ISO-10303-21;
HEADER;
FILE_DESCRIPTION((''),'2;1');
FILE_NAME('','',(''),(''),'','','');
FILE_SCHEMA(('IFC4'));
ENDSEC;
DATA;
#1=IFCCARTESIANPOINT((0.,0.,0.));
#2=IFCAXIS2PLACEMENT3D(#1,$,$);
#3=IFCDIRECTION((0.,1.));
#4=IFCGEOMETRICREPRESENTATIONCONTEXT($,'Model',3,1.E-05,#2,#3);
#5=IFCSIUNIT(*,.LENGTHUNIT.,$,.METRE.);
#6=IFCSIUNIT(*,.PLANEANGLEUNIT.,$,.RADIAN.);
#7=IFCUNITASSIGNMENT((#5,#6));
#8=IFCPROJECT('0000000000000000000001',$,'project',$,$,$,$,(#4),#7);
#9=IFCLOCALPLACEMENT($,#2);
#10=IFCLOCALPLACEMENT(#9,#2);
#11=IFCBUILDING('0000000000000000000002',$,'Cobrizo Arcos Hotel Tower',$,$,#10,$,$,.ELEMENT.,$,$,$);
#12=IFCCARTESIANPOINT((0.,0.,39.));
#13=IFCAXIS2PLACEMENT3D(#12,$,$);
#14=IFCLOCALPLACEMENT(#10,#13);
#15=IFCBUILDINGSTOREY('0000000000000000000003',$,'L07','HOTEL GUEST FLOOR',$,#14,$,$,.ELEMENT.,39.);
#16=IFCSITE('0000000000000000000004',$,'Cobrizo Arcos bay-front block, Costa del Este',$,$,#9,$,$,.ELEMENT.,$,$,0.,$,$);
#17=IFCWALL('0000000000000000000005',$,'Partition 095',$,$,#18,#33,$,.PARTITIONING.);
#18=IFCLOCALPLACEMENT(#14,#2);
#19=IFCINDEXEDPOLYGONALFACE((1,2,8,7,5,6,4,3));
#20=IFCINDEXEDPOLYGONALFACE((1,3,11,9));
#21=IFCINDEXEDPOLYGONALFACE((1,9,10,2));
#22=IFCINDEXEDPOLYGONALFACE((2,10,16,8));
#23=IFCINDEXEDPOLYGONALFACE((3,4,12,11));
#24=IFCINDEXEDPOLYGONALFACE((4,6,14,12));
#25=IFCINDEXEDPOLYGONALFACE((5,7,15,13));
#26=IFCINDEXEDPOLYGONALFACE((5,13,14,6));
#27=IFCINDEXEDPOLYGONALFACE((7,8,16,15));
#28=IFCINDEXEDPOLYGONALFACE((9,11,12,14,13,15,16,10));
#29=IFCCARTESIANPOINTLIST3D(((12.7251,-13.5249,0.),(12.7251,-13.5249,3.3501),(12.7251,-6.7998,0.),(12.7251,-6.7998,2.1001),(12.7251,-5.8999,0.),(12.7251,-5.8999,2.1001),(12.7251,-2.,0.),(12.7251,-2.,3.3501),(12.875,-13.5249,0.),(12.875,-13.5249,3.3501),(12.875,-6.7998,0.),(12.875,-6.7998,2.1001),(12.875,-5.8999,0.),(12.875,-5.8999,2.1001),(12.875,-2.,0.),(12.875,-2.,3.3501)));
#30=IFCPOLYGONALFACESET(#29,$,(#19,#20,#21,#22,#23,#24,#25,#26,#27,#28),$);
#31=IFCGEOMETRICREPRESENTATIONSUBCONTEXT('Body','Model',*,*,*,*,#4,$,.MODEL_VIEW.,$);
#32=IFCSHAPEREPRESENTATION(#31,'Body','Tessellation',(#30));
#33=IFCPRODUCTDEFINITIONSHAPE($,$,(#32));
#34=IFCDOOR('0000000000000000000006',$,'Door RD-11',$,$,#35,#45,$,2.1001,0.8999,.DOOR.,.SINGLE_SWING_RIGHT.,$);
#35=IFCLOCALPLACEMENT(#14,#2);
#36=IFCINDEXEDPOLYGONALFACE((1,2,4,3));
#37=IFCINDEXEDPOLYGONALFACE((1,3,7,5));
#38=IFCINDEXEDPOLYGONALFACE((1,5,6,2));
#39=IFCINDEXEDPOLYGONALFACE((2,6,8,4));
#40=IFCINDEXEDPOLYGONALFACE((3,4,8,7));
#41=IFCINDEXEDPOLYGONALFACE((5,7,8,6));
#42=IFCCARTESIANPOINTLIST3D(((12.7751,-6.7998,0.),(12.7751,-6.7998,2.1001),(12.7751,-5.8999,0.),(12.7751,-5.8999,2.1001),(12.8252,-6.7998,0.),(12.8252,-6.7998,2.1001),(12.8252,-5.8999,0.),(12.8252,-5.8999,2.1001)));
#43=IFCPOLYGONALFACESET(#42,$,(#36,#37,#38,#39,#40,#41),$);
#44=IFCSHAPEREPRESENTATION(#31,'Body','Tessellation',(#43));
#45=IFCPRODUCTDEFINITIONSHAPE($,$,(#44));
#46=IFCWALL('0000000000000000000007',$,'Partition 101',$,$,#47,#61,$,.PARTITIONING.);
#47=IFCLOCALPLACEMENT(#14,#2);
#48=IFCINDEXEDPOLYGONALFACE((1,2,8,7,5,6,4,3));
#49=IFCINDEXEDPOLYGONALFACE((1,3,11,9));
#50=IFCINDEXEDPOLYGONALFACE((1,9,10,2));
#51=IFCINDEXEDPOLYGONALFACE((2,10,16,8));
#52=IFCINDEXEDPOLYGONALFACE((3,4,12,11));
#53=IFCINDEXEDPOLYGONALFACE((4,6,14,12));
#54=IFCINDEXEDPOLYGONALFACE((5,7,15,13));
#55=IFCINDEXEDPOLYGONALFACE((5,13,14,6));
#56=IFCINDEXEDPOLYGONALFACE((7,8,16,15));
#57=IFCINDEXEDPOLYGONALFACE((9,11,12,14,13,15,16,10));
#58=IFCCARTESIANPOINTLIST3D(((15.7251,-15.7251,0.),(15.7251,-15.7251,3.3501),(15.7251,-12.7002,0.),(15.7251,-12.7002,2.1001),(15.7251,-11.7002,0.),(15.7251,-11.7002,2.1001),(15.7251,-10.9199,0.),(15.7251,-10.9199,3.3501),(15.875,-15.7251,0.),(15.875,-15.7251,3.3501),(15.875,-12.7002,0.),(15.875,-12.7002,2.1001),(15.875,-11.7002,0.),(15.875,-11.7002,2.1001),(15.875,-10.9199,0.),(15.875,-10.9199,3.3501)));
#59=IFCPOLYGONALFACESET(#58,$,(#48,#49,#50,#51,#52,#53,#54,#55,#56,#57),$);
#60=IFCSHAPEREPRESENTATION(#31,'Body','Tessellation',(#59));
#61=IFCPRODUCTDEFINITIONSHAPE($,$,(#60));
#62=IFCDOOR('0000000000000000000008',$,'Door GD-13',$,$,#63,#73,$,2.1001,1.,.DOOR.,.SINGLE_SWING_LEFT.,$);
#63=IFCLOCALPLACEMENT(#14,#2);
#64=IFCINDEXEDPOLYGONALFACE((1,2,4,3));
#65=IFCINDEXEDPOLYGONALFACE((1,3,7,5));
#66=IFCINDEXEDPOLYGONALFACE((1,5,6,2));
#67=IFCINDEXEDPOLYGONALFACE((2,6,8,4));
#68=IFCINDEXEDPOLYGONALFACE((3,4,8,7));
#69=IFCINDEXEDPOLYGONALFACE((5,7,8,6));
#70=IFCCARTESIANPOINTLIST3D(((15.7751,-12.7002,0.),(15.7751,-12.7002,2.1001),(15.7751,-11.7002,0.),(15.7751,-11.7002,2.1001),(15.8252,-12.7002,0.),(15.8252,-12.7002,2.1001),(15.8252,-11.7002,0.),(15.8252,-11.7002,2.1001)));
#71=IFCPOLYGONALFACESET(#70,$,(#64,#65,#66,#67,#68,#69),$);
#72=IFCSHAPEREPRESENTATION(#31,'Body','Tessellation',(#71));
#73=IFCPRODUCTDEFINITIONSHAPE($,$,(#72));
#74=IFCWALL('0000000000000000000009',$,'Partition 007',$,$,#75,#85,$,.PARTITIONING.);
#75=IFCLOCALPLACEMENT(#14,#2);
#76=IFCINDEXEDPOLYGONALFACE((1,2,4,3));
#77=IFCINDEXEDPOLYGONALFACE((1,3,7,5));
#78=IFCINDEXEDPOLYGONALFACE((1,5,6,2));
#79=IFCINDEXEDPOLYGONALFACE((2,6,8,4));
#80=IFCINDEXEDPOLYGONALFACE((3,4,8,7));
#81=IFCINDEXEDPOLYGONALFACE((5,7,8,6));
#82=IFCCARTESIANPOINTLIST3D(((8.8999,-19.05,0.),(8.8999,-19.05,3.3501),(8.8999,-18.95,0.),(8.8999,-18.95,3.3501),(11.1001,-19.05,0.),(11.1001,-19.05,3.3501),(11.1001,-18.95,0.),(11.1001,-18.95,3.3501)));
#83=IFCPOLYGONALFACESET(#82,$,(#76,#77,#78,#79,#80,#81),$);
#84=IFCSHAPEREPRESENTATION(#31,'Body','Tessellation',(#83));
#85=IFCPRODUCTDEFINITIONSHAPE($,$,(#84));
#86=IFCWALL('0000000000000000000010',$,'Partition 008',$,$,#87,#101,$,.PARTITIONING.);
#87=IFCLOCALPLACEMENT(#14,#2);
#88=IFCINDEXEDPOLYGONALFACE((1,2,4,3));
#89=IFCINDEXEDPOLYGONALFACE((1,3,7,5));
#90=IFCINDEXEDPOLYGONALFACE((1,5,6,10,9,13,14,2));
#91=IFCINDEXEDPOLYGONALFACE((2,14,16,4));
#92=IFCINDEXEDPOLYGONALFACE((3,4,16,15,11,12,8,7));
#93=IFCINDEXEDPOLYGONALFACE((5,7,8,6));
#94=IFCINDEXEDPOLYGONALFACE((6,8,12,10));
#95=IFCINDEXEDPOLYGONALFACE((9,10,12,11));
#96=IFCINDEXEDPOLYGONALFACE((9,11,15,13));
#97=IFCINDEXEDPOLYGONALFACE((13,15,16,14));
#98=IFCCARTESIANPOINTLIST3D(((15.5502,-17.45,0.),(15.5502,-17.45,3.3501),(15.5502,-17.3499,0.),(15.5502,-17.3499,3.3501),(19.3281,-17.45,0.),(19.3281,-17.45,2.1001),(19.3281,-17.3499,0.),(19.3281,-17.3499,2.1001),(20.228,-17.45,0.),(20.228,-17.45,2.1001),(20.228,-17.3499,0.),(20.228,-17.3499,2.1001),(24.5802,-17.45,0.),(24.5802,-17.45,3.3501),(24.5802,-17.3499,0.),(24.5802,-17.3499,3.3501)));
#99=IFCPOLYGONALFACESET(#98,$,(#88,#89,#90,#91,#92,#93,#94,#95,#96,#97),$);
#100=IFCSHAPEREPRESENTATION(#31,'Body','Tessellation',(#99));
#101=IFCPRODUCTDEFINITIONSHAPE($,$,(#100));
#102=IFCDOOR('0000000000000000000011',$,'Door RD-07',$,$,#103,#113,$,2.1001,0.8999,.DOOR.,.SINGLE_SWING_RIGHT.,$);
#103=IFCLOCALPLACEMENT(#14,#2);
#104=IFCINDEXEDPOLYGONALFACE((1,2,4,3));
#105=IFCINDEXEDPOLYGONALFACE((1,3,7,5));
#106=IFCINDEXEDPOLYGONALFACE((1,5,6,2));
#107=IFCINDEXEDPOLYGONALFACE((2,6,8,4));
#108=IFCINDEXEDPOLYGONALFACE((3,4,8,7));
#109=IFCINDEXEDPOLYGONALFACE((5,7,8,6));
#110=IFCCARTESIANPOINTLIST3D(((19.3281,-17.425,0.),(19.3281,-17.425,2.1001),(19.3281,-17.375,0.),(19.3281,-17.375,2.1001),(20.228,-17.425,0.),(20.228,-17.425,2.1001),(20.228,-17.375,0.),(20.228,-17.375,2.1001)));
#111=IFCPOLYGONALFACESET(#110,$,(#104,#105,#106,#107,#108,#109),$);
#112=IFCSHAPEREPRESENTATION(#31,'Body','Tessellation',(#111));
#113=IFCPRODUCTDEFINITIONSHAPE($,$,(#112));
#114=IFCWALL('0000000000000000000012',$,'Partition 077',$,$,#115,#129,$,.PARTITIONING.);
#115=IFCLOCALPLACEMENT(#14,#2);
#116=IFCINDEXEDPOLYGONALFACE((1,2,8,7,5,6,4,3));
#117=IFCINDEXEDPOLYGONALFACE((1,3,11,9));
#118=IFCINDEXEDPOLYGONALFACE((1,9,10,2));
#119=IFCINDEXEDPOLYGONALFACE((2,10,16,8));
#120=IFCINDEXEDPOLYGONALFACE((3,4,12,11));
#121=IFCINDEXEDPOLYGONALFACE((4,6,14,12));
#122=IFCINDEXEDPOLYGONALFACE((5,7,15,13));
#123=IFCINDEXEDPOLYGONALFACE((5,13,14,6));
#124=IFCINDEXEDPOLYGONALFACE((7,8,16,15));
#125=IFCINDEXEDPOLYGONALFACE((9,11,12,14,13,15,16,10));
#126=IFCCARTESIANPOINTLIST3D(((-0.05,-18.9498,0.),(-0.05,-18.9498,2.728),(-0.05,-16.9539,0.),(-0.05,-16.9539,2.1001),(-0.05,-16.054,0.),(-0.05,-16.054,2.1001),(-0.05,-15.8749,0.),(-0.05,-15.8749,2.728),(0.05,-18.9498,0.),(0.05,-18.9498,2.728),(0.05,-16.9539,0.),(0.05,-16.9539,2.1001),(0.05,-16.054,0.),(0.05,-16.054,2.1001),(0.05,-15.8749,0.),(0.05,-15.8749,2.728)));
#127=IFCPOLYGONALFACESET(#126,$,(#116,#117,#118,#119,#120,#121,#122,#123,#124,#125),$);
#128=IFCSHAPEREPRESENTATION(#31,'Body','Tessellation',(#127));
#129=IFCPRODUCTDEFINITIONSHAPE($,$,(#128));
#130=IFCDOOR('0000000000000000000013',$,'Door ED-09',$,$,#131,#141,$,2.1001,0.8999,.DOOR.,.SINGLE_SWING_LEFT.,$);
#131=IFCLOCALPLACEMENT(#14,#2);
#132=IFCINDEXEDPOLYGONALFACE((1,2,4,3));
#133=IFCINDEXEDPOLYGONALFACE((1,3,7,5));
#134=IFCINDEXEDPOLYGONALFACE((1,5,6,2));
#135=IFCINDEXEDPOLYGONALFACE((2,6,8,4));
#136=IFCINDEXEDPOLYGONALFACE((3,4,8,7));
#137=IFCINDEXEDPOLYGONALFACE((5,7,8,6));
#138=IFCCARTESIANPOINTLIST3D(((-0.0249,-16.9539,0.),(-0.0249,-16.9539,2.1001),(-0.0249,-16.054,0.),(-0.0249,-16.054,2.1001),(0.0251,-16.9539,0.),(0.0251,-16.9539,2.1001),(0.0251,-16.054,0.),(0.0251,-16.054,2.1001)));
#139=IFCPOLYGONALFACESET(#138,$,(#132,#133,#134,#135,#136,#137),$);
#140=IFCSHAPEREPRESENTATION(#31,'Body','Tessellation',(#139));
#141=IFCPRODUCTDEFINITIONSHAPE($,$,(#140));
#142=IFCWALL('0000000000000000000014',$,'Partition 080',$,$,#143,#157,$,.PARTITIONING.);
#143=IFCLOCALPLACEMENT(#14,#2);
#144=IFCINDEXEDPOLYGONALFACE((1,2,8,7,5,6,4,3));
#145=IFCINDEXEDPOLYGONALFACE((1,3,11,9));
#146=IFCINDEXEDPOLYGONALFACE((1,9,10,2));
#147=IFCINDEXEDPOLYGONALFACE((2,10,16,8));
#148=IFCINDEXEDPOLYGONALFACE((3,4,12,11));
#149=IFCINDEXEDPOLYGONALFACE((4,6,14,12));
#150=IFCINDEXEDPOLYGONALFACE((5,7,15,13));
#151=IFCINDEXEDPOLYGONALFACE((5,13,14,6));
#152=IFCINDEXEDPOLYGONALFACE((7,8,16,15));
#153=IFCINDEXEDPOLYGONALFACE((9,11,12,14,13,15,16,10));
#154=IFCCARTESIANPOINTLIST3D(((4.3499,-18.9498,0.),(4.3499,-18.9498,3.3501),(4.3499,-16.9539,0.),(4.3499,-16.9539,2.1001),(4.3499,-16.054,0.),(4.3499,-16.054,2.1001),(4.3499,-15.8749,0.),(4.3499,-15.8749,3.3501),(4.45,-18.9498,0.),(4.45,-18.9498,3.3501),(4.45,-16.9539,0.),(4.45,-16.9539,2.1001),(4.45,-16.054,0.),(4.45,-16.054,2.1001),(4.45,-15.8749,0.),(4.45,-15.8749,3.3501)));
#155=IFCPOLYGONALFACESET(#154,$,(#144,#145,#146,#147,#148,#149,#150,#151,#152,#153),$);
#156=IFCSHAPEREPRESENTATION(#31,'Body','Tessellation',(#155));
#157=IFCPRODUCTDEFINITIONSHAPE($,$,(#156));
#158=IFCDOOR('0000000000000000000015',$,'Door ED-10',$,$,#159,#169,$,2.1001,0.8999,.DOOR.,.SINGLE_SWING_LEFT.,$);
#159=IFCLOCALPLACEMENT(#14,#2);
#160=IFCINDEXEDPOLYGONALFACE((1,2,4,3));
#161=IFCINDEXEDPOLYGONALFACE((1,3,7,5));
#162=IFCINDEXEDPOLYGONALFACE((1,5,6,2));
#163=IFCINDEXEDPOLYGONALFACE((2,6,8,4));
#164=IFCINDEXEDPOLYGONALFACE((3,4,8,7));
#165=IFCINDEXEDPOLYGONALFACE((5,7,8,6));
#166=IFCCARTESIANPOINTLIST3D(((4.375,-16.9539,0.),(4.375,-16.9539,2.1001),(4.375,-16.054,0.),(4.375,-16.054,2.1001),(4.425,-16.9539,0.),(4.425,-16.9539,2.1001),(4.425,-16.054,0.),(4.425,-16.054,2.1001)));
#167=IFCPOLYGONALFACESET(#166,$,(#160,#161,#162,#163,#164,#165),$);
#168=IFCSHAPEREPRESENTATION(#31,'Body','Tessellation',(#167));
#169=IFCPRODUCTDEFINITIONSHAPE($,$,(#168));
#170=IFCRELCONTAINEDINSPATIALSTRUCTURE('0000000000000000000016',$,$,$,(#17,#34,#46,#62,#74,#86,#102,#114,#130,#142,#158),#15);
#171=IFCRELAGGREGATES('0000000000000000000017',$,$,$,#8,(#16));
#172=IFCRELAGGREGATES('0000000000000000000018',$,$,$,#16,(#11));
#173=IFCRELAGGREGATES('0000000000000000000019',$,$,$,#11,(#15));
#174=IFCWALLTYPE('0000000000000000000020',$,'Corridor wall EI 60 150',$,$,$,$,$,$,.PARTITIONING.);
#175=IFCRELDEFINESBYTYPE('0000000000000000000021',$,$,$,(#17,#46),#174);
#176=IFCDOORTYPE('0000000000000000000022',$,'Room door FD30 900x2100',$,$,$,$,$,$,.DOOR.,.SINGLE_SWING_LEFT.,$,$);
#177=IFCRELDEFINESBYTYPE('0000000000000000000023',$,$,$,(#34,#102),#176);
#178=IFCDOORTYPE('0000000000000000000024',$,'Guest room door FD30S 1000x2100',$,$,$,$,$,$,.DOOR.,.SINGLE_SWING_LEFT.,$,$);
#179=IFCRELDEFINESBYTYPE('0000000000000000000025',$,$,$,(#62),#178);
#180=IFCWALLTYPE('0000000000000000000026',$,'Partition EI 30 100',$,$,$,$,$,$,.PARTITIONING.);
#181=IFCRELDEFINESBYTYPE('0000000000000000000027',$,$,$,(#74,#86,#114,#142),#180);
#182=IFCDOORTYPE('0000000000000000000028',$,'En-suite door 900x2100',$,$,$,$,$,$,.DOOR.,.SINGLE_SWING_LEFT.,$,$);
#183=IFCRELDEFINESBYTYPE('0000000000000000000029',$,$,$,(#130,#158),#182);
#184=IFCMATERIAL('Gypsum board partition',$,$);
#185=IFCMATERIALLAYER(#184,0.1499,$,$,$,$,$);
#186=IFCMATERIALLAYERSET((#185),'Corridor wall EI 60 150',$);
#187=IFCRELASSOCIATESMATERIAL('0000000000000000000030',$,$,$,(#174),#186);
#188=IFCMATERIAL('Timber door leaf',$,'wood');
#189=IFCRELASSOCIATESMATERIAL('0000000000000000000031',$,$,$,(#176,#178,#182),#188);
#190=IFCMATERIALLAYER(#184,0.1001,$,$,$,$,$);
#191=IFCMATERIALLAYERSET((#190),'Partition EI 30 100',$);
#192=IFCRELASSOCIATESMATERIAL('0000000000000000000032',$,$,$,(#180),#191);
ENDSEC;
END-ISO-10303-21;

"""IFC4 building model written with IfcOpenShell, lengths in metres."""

from ifc_helpers import new_model, si_unit, direction, frame, frame_2d, origin, place, context, subcontext, project, spatial, rectangle, extrude, material, layer, layer_set, type_object, element, fill, save


model = new_model("IFC4")

# Units and contexts
model_context = context("Model", 3, precision=1e-05, world=origin(), true_north=direction((0.0, 1.0)))
body_context = subcontext(model_context, "Body", "Model", "MODEL_VIEW")
ifc_project = project(units=[si_unit("LENGTHUNIT", "METRE"), si_unit("PLANEANGLEUNIT", "RADIAN")], contexts=[model_context])

# Site, building, storey
site_placement = place(None, origin())
site = spatial("IfcSite", under=ifc_project, at=site_placement, Name="Cobrizo Arcos bay-front block, Costa del Este", CompositionType="ELEMENT", RefElevation=0.0)
building_placement = place(site_placement, origin())
building = spatial("IfcBuilding", under=site, at=building_placement, Name="Cobrizo Arcos Hotel Tower", CompositionType="ELEMENT")
storey_placement = place(building_placement, frame((0.0, 0.0, 39.0)))
storey = spatial("IfcBuildingStorey", under=building, at=storey_placement, Name="L07", Description="HOTEL GUEST FLOOR", CompositionType="ELEMENT", Elevation=39.0)

# Walls, openings, doors
ifc_material_1 = material(Name="Gypsum board partition")
ifc_layer_1 = layer(ifc_material_1, 0.1499)
ifc_layer_set_1 = layer_set([ifc_layer_1], Name="Corridor wall EI 60 150")
wall_type_1 = type_object("IfcWallType", Name="Corridor wall EI 60 150", PredefinedType="PARTITIONING", material=ifc_layer_set_1)
wall_1_placement = place(storey_placement, frame((12.8, -13.5249, 0.0), z_axis=(0.0, 0.0, 1.0), x_axis=(0.0, 1.0, 0.0)))
wall_1 = element("IfcWall", 1, at=wall_1_placement, inside=storey, type_object=wall_type_1, Name="Partition 095", PredefinedType="PARTITIONING", context=body_context, shape_type="SweptSolid", body=[
    extrude(rectangle(XDim=11.5249, YDim=0.1499, at=frame_2d((5.7625, 0.0))), origin(), (0.0, 0.0, 1.0), 3.3501),
])
opening_1_placement = place(wall_1_placement, frame((6.7251, 0.0, 0.0)))
opening_1 = element("IfcOpeningElement", 2, at=opening_1_placement, cuts=wall_1, PredefinedType="OPENING", context=body_context, shape_type="SweptSolid", body=[
    extrude(rectangle(XDim=0.8999, YDim=2.1001, at=frame_2d((0.45, 1.05))), frame((0.0, 0.0869, 0.0), z_axis=(0.0, -1.0, 0.0), x_axis=(1.0, 0.0, 0.0)), (0.0, 0.0, 1.0), 0.1738),
])
ifc_material_2 = material(Name="Timber door leaf", Category="wood")
door_type_1 = type_object("IfcDoorType", Name="Room door FD30 900x2100", OperationType="SINGLE_SWING_LEFT", PredefinedType="DOOR", material=ifc_material_2)
door_1_placement = place(opening_1_placement, origin())
door_1 = element("IfcDoor", 3, at=door_1_placement, inside=storey, type_object=door_type_1, Name="Door RD-11", OperationType="SINGLE_SWING_RIGHT", OverallHeight=2.1001, OverallWidth=0.8999, PredefinedType="DOOR", context=body_context, shape_type="SweptSolid", body=[
    extrude(rectangle(XDim=0.8999, YDim=2.1001, at=frame_2d((0.45, 1.05))), frame((0.0, 0.0249, 0.0), z_axis=(0.0, -1.0, 0.0), x_axis=(1.0, 0.0, 0.0)), (0.0, 0.0, 1.0), 0.05),
])
fill(opening_1, door_1)
wall_2_placement = place(storey_placement, frame((15.8, -15.7251, 0.0), z_axis=(0.0, 0.0, 1.0), x_axis=(0.0, 1.0, 0.0)))
wall_2 = element("IfcWall", 4, at=wall_2_placement, inside=storey, type_object=wall_type_1, Name="Partition 101", PredefinedType="PARTITIONING", context=body_context, shape_type="SweptSolid", body=[
    extrude(rectangle(XDim=4.8052, YDim=0.1499, at=frame_2d((2.4026, 0.0))), origin(), (0.0, 0.0, 1.0), 3.3501),
])
opening_2_placement = place(wall_2_placement, frame((3.0249, 0.0, 0.0)))
opening_2 = element("IfcOpeningElement", 5, at=opening_2_placement, cuts=wall_2, PredefinedType="OPENING", context=body_context, shape_type="SweptSolid", body=[
    extrude(rectangle(XDim=1.0, YDim=2.1001, at=frame_2d((0.5, 1.05))), frame((0.0, 0.0869, 0.0), z_axis=(0.0, -1.0, 0.0), x_axis=(1.0, 0.0, 0.0)), (0.0, 0.0, 1.0), 0.1738),
])
door_type_2 = type_object("IfcDoorType", Name="Guest room door FD30S 1000x2100", OperationType="SINGLE_SWING_LEFT", PredefinedType="DOOR", material=ifc_material_2)
door_2_placement = place(opening_2_placement, origin())
door_2 = element("IfcDoor", 6, at=door_2_placement, inside=storey, type_object=door_type_2, Name="Door GD-13", OperationType="SINGLE_SWING_LEFT", OverallHeight=2.1001, OverallWidth=1.0, PredefinedType="DOOR", context=body_context, shape_type="SweptSolid", body=[
    extrude(rectangle(XDim=1.0, YDim=2.1001, at=frame_2d((0.5, 1.05))), frame((0.0, 0.0249, 0.0), z_axis=(0.0, -1.0, 0.0), x_axis=(1.0, 0.0, 0.0)), (0.0, 0.0, 1.0), 0.05),
])
fill(opening_2, door_2)

# Wall
ifc_layer_2 = layer(ifc_material_1, 0.1001)
ifc_layer_set_2 = layer_set([ifc_layer_2], Name="Partition EI 30 100")
wall_type_2 = type_object("IfcWallType", Name="Partition EI 30 100", PredefinedType="PARTITIONING", material=ifc_layer_set_2)
wall_3_placement = place(storey_placement, frame((8.8999, -19.0, 0.0), z_axis=(0.0, 0.0, 1.0), x_axis=(1.0, 0.0, 0.0)))
element("IfcWall", 7, at=wall_3_placement, inside=storey, type_object=wall_type_2, Name="Partition 007", PredefinedType="PARTITIONING", context=body_context, shape_type="SweptSolid", body=[
    extrude(rectangle(XDim=2.2002, YDim=0.1001, at=frame_2d((1.1001, 0.0))), origin(), (0.0, 0.0, 1.0), 3.3501),
])

# Walls, openings, doors
wall_4_placement = place(storey_placement, frame((15.55, -17.3999, 0.0), z_axis=(0.0, 0.0, 1.0), x_axis=(1.0, 0.0, 0.0)))
wall_4 = element("IfcWall", 8, at=wall_4_placement, inside=storey, type_object=wall_type_2, Name="Partition 008", PredefinedType="PARTITIONING", context=body_context, shape_type="SweptSolid", body=[
    extrude(rectangle(XDim=9.03, YDim=0.1001, at=frame_2d((4.5151, 0.0))), origin(), (0.0, 0.0, 1.0), 3.3501),
])
opening_3_placement = place(wall_4_placement, frame((3.7781, 0.0, 0.0)))
opening_3 = element("IfcOpeningElement", 9, at=opening_3_placement, cuts=wall_4, PredefinedType="OPENING", context=body_context, shape_type="SweptSolid", body=[
    extrude(rectangle(XDim=0.8999, YDim=2.1001, at=frame_2d((0.45, 1.05))), frame((0.0, 0.062, 0.0), z_axis=(0.0, -1.0, 0.0), x_axis=(1.0, 0.0, 0.0)), (0.0, 0.0, 1.0), 0.124),
])
door_3_placement = place(opening_3_placement, origin())
door_3 = element("IfcDoor", 10, at=door_3_placement, inside=storey, type_object=door_type_1, Name="Door RD-07", OperationType="SINGLE_SWING_RIGHT", OverallHeight=2.1001, OverallWidth=0.8999, PredefinedType="DOOR", context=body_context, shape_type="SweptSolid", body=[
    extrude(rectangle(XDim=0.8999, YDim=2.1001, at=frame_2d((0.45, 1.05))), frame((0.0, 0.0249, 0.0), z_axis=(0.0, -1.0, 0.0), x_axis=(1.0, 0.0, 0.0)), (0.0, 0.0, 1.0), 0.05),
])
fill(opening_3, door_3)
wall_5_placement = place(storey_placement, frame((0.0, -18.95, 0.0), z_axis=(0.0, 0.0, 1.0), x_axis=(0.0, 1.0, 0.0)))
wall_5 = element("IfcWall", 11, at=wall_5_placement, inside=storey, type_object=wall_type_2, Name="Partition 077", PredefinedType="PARTITIONING", context=body_context, shape_type="SweptSolid", body=[
    extrude(rectangle(XDim=3.075, YDim=0.1001, at=frame_2d((1.5376, 0.0))), origin(), (0.0, 0.0, 1.0), 2.728),
])
opening_4_placement = place(wall_5_placement, frame((1.9961, 0.0, 0.0)))
opening_4 = element("IfcOpeningElement", 12, at=opening_4_placement, cuts=wall_5, PredefinedType="OPENING", context=body_context, shape_type="SweptSolid", body=[
    extrude(rectangle(XDim=0.8999, YDim=2.1001, at=frame_2d((0.45, 1.05))), frame((0.0, 0.062, 0.0), z_axis=(0.0, -1.0, 0.0), x_axis=(1.0, 0.0, 0.0)), (0.0, 0.0, 1.0), 0.124),
])
door_type_3 = type_object("IfcDoorType", Name="En-suite door 900x2100", OperationType="SINGLE_SWING_LEFT", PredefinedType="DOOR", material=ifc_material_2)
door_4_placement = place(opening_4_placement, origin())
door_4 = element("IfcDoor", 13, at=door_4_placement, inside=storey, type_object=door_type_3, Name="Door ED-09", OperationType="SINGLE_SWING_LEFT", OverallHeight=2.1001, OverallWidth=0.8999, PredefinedType="DOOR", context=body_context, shape_type="SweptSolid", body=[
    extrude(rectangle(XDim=0.8999, YDim=2.1001, at=frame_2d((0.45, 1.05))), frame((0.0, 0.0249, 0.0), z_axis=(0.0, -1.0, 0.0), x_axis=(1.0, 0.0, 0.0)), (0.0, 0.0, 1.0), 0.05),
])
fill(opening_4, door_4)
wall_6_placement = place(storey_placement, frame((4.3999, -18.95, 0.0), z_axis=(0.0, 0.0, 1.0), x_axis=(0.0, 1.0, 0.0)))
wall_6 = element("IfcWall", 14, at=wall_6_placement, inside=storey, type_object=wall_type_2, Name="Partition 080", PredefinedType="PARTITIONING", context=body_context, shape_type="SweptSolid", body=[
    extrude(rectangle(XDim=3.075, YDim=0.1001, at=frame_2d((1.5376, 0.0))), origin(), (0.0, 0.0, 1.0), 3.3501),
])
opening_5_placement = place(wall_6_placement, frame((1.9961, 0.0, 0.0)))
opening_5 = element("IfcOpeningElement", 15, at=opening_5_placement, cuts=wall_6, PredefinedType="OPENING", context=body_context, shape_type="SweptSolid", body=[
    extrude(rectangle(XDim=0.8999, YDim=2.1001, at=frame_2d((0.45, 1.05))), frame((0.0, 0.062, 0.0), z_axis=(0.0, -1.0, 0.0), x_axis=(1.0, 0.0, 0.0)), (0.0, 0.0, 1.0), 0.124),
])
door_5_placement = place(opening_5_placement, origin())
door_5 = element("IfcDoor", 16, at=door_5_placement, inside=storey, type_object=door_type_3, Name="Door ED-10", OperationType="SINGLE_SWING_LEFT", OverallHeight=2.1001, OverallWidth=0.8999, PredefinedType="DOOR", context=body_context, shape_type="SweptSolid", body=[
    extrude(rectangle(XDim=0.8999, YDim=2.1001, at=frame_2d((0.45, 1.05))), frame((0.0, 0.0249, 0.0), z_axis=(0.0, -1.0, 0.0), x_axis=(1.0, 0.0, 0.0)), (0.0, 0.0, 1.0), 0.05),
])
fill(opening_5, door_5)

save(model, "model.ifc")
